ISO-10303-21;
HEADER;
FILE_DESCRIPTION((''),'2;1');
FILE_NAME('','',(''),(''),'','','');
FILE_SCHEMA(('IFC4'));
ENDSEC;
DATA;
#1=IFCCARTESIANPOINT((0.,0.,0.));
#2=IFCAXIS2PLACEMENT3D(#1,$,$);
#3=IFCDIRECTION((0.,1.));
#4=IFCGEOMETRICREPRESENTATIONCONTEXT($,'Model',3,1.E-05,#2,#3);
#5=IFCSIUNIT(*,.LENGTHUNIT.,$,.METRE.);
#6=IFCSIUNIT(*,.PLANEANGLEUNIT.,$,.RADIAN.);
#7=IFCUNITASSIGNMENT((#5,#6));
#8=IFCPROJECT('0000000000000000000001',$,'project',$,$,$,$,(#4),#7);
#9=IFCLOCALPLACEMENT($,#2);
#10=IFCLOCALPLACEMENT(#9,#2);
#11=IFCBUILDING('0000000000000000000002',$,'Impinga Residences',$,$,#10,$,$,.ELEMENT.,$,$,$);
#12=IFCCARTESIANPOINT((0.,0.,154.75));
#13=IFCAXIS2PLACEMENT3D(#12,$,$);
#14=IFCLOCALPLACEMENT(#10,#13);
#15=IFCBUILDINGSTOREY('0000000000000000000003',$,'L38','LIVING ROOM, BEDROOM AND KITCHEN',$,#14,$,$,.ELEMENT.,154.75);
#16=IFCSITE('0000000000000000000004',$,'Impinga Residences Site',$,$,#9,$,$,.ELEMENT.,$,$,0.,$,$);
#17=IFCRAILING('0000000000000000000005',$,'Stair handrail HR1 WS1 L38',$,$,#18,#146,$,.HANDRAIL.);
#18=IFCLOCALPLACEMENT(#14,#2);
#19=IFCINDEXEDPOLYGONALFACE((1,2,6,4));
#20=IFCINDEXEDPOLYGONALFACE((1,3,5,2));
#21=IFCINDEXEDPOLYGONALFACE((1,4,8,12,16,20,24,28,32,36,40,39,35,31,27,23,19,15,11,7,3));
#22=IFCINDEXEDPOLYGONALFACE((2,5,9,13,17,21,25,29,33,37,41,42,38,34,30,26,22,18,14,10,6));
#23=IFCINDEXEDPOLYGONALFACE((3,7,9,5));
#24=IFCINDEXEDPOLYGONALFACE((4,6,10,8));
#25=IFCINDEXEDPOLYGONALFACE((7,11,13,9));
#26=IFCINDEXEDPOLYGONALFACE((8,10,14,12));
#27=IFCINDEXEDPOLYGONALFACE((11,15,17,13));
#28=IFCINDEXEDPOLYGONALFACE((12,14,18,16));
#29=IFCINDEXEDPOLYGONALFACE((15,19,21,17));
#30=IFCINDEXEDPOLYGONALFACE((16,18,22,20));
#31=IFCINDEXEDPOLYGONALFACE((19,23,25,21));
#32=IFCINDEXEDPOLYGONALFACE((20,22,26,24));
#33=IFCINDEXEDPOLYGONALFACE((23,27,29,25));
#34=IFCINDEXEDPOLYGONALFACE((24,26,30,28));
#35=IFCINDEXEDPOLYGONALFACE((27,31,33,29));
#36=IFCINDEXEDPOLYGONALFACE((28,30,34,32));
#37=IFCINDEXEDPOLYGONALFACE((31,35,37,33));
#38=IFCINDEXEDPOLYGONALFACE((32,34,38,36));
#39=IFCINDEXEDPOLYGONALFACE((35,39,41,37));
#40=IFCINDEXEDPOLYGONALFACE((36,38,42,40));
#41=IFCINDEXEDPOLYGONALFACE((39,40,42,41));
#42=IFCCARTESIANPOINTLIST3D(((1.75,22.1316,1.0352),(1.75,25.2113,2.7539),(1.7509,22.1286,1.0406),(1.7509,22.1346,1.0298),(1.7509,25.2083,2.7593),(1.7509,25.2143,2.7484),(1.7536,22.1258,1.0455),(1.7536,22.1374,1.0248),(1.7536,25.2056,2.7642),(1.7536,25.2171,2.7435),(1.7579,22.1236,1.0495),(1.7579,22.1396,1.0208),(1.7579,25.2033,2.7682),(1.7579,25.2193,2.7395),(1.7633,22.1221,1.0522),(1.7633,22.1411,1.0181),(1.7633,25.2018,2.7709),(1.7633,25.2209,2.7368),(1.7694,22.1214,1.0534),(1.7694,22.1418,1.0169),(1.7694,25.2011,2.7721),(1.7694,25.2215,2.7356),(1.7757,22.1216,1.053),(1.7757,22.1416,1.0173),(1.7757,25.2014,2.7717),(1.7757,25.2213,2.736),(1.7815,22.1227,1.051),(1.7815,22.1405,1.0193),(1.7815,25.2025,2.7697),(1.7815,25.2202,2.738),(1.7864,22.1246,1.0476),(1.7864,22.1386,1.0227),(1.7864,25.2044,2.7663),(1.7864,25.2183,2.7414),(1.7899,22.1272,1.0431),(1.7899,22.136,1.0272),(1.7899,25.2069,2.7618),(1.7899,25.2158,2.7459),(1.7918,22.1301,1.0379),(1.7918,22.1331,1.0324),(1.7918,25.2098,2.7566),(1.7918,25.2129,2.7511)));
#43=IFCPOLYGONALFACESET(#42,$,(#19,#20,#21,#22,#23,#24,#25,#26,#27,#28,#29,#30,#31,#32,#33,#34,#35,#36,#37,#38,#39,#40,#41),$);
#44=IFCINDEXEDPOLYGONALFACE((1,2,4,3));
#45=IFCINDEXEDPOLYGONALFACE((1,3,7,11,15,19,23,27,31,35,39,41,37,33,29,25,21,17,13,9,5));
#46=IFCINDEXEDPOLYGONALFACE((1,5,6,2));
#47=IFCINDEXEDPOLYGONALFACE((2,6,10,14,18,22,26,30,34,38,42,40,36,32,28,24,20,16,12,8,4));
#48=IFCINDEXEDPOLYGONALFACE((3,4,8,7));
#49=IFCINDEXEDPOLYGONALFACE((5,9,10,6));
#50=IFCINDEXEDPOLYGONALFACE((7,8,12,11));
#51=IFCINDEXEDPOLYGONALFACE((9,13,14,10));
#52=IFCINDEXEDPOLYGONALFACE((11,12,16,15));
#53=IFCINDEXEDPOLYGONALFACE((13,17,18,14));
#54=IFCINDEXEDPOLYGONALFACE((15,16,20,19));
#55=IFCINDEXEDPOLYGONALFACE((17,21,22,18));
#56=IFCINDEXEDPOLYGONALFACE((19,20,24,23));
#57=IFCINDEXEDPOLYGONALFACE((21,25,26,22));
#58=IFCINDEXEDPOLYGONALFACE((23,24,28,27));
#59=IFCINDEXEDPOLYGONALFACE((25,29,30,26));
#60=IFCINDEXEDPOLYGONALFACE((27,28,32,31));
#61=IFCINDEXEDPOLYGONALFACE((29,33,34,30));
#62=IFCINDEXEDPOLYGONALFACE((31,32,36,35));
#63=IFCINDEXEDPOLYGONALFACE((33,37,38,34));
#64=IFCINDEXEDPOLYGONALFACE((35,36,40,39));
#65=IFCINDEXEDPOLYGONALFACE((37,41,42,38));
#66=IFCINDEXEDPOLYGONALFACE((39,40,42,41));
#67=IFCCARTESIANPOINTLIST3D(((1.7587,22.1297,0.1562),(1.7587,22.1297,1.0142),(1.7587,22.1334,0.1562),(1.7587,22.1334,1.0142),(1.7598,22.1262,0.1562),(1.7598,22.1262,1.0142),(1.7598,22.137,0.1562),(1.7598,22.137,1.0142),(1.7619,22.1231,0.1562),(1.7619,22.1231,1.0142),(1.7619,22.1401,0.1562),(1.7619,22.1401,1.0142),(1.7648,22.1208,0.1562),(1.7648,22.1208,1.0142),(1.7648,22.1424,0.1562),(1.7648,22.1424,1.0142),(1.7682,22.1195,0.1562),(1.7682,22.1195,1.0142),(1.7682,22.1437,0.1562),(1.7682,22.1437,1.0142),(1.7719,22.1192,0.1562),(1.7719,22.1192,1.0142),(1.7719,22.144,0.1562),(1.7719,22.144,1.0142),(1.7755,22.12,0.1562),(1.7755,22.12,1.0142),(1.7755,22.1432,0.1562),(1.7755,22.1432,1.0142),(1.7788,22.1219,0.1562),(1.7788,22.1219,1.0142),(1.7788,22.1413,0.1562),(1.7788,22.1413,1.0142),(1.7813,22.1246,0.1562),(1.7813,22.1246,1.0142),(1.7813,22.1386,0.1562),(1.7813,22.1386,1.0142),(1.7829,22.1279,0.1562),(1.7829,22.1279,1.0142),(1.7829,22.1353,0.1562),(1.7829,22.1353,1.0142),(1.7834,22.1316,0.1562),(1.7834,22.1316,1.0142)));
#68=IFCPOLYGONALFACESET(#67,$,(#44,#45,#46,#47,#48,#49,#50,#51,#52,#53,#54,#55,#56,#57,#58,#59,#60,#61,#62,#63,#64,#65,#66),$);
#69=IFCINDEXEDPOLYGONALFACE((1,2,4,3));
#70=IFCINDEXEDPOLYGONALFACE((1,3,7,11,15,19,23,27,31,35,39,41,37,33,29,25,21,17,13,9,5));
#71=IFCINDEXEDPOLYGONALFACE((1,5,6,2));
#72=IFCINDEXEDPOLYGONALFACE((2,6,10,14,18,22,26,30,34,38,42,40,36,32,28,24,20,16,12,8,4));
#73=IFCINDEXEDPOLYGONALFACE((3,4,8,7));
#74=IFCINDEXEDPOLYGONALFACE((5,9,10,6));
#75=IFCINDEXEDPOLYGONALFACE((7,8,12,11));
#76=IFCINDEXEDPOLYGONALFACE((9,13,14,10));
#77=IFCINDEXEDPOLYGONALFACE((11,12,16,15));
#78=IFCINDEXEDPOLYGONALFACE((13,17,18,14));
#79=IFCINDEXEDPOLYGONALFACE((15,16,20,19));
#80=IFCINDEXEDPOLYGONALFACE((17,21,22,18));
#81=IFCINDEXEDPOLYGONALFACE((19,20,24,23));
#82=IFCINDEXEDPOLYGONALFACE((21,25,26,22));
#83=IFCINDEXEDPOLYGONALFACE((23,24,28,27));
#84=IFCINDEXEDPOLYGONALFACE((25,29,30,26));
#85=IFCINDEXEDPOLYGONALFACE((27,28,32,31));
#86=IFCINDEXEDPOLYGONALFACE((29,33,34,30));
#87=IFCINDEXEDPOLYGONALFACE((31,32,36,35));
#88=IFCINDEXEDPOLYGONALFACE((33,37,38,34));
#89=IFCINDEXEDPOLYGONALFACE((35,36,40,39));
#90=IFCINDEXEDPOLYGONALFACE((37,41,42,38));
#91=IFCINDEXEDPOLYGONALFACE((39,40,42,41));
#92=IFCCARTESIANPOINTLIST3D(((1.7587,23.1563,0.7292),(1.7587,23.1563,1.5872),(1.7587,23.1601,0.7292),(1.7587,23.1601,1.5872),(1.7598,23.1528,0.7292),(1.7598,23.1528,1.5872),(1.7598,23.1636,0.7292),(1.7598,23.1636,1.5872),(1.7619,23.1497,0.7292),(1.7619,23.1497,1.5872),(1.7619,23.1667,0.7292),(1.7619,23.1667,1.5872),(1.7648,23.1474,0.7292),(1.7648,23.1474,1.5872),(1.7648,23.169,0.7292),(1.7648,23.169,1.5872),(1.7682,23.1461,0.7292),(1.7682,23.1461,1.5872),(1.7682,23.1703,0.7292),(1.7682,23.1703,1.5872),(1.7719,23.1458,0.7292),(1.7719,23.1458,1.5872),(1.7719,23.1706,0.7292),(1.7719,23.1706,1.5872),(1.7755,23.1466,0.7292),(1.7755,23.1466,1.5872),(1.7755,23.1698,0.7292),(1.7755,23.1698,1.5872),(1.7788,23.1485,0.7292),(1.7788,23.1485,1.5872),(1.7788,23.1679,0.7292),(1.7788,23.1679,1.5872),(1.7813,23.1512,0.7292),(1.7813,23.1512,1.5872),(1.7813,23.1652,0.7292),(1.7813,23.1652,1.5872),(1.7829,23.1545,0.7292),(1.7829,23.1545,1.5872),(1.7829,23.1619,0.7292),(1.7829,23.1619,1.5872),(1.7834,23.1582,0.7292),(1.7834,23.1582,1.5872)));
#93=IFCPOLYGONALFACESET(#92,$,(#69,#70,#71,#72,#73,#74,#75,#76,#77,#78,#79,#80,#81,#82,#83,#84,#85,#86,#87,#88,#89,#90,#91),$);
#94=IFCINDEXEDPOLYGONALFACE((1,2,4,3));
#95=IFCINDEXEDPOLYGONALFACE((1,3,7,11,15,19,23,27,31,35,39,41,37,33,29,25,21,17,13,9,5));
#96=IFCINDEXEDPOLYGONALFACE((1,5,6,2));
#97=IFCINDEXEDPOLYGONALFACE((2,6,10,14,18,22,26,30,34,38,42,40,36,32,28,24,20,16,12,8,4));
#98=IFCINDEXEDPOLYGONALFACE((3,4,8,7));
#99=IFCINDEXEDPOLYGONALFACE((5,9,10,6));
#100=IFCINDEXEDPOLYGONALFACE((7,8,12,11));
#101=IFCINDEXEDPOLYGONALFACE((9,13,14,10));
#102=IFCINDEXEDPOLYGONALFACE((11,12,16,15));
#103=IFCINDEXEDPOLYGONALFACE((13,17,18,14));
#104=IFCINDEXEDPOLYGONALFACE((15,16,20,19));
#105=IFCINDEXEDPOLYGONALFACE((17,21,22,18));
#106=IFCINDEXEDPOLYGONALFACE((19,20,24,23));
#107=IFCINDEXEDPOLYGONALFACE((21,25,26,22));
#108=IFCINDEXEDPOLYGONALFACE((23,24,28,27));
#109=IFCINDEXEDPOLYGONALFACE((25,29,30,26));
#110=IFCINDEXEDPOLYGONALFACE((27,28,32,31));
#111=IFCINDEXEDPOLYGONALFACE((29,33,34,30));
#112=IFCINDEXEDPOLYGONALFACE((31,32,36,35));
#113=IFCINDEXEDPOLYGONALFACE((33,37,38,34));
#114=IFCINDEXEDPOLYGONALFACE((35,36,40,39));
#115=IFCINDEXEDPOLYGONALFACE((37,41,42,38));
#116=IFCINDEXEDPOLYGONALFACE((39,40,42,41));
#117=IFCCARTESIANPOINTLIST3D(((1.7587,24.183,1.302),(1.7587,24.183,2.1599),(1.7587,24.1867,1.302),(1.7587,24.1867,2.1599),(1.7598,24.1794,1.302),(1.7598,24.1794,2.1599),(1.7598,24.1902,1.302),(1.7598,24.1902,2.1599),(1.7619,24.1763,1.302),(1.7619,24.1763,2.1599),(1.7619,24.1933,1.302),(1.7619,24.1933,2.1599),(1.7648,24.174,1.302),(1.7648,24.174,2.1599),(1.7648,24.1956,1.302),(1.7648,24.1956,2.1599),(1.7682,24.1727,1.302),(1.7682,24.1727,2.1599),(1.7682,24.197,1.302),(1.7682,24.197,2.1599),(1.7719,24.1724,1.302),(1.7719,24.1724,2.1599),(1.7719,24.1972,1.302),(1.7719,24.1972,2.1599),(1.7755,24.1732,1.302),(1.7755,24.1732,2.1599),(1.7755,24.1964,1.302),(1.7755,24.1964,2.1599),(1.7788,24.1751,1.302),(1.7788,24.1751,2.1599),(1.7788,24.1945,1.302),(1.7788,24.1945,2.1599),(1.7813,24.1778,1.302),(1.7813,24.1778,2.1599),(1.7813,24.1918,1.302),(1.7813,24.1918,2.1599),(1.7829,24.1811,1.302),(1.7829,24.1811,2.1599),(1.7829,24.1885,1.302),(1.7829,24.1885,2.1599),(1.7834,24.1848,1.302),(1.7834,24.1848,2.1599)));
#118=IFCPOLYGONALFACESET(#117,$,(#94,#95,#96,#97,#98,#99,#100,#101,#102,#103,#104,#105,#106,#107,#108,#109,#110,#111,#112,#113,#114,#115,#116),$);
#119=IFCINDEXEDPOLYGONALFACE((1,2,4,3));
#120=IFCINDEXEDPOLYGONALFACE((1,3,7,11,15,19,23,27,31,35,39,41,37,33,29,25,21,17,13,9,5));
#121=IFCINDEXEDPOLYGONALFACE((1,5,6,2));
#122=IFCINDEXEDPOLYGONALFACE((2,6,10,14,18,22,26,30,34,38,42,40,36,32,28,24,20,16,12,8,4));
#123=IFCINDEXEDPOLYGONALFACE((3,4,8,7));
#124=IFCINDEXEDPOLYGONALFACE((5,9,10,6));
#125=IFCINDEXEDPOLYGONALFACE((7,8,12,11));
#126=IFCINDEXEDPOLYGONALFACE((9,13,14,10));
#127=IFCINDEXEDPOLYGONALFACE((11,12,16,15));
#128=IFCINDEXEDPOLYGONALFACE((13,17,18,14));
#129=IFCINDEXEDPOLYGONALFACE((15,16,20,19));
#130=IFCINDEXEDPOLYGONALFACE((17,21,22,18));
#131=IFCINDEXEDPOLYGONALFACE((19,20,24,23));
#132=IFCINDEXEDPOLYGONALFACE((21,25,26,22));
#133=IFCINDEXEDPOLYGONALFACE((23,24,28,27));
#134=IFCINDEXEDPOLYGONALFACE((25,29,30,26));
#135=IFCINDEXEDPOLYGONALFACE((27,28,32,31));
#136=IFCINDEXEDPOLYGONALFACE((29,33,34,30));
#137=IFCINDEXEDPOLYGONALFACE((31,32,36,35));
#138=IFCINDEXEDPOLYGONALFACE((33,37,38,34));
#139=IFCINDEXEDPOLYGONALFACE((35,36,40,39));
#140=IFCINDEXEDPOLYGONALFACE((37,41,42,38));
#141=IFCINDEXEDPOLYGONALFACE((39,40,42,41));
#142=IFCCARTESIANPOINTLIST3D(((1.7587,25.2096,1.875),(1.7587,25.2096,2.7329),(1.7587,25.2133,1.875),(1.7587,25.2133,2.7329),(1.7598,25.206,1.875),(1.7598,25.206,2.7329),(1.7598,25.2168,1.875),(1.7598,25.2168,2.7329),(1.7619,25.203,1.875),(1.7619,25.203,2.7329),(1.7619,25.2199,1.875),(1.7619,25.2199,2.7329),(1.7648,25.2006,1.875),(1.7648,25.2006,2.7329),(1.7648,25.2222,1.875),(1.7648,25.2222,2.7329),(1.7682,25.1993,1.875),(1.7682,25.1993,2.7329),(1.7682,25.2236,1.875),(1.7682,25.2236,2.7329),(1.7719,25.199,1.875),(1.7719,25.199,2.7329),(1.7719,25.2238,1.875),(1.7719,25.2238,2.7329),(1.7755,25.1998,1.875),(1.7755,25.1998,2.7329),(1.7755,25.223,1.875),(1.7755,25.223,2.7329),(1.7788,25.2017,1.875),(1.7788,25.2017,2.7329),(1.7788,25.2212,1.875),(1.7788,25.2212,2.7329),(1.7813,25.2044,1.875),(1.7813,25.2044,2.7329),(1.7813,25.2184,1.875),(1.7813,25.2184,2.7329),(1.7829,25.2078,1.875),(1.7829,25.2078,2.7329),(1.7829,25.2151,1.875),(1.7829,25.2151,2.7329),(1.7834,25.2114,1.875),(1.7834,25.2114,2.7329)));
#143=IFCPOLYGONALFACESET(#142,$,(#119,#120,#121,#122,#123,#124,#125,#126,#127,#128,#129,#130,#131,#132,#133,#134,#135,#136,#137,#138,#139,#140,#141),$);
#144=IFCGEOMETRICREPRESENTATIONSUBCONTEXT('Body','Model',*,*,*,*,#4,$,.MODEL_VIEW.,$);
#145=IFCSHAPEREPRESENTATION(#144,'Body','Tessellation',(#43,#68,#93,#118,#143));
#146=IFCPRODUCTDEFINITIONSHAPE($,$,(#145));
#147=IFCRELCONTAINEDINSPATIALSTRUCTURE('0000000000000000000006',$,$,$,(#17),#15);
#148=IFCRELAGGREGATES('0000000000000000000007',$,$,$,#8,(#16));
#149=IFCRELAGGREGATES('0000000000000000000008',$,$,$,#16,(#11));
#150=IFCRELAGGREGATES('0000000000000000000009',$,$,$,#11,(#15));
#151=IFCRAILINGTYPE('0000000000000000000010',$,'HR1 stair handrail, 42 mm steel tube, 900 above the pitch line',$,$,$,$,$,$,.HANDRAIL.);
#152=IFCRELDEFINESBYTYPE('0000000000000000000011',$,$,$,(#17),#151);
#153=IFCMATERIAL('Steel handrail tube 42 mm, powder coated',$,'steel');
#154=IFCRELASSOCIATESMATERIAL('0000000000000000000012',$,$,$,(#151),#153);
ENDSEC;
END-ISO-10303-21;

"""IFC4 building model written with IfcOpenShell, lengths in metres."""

from ifc_helpers import new_model, si_unit, direction, frame, origin, origin_2d, place, context, subcontext, project, spatial, circle, extrude, material, type_object, element, save


model = new_model("IFC4")

# Units and contexts
model_context = context("Model", 3, precision=1e-05, world=origin(), true_north=direction((0.0, 1.0)))
body_context = subcontext(model_context, "Body", "Model", "MODEL_VIEW")
ifc_project = project(units=[si_unit("LENGTHUNIT", "METRE"), si_unit("PLANEANGLEUNIT", "RADIAN")], contexts=[model_context])

# Site, building, storey
site_placement = place(None, origin())
site = spatial("IfcSite", under=ifc_project, at=site_placement, Name="Impinga Residences Site", CompositionType="ELEMENT", RefElevation=0.0)
building_placement = place(site_placement, origin())
building = spatial("IfcBuilding", under=site, at=building_placement, Name="Impinga Residences", CompositionType="ELEMENT")
storey_placement = place(building_placement, frame((0.0, 0.0, 154.75)))
storey = spatial("IfcBuildingStorey", under=building, at=storey_placement, Name="L38", Description="LIVING ROOM, BEDROOM AND KITCHEN", CompositionType="ELEMENT", Elevation=154.75)

# Railing
ifc_material_1 = material(Name="Steel handrail tube 42 mm, powder coated", Category="steel")
railing_type = type_object("IfcRailingType", Name="HR1 stair handrail, 42 mm steel tube, 900 above the pitch line", PredefinedType="HANDRAIL", material=ifc_material_1)
railing_placement = place(storey_placement, frame((1.771, 22.1316, 0.1562)))
element("IfcRailing", 1, at=railing_placement, inside=storey, type_object=railing_type, Name="Stair handrail HR1 WS1 L38", PredefinedType="HANDRAIL", context=body_context, shape_type="SweptSolid", body=[
    extrude(circle(Radius=0.021, at=origin_2d()), frame((0.0, 0.0, 0.8789), z_axis=(0.0, 0.873225, 0.487317), x_axis=(-1.0, 0.0, 0.0)), (0.0, 0.0, 1.0), 3.5269),
    extrude(circle(Radius=0.0125, at=origin_2d()), origin(), (0.0, 0.0, 1.0), 0.8579),
    extrude(circle(Radius=0.0125, at=origin_2d()), frame((0.0, 1.0266, 0.573)), (0.0, 0.0, 1.0), 0.8579),
    extrude(circle(Radius=0.0125, at=origin_2d()), frame((0.0, 2.0532, 1.1458)), (0.0, 0.0, 1.0), 0.8579),
    extrude(circle(Radius=0.0125, at=origin_2d()), frame((0.0, 3.0798, 1.7188)), (0.0, 0.0, 1.0), 0.8579),
])

save(model, "model.ifc")
